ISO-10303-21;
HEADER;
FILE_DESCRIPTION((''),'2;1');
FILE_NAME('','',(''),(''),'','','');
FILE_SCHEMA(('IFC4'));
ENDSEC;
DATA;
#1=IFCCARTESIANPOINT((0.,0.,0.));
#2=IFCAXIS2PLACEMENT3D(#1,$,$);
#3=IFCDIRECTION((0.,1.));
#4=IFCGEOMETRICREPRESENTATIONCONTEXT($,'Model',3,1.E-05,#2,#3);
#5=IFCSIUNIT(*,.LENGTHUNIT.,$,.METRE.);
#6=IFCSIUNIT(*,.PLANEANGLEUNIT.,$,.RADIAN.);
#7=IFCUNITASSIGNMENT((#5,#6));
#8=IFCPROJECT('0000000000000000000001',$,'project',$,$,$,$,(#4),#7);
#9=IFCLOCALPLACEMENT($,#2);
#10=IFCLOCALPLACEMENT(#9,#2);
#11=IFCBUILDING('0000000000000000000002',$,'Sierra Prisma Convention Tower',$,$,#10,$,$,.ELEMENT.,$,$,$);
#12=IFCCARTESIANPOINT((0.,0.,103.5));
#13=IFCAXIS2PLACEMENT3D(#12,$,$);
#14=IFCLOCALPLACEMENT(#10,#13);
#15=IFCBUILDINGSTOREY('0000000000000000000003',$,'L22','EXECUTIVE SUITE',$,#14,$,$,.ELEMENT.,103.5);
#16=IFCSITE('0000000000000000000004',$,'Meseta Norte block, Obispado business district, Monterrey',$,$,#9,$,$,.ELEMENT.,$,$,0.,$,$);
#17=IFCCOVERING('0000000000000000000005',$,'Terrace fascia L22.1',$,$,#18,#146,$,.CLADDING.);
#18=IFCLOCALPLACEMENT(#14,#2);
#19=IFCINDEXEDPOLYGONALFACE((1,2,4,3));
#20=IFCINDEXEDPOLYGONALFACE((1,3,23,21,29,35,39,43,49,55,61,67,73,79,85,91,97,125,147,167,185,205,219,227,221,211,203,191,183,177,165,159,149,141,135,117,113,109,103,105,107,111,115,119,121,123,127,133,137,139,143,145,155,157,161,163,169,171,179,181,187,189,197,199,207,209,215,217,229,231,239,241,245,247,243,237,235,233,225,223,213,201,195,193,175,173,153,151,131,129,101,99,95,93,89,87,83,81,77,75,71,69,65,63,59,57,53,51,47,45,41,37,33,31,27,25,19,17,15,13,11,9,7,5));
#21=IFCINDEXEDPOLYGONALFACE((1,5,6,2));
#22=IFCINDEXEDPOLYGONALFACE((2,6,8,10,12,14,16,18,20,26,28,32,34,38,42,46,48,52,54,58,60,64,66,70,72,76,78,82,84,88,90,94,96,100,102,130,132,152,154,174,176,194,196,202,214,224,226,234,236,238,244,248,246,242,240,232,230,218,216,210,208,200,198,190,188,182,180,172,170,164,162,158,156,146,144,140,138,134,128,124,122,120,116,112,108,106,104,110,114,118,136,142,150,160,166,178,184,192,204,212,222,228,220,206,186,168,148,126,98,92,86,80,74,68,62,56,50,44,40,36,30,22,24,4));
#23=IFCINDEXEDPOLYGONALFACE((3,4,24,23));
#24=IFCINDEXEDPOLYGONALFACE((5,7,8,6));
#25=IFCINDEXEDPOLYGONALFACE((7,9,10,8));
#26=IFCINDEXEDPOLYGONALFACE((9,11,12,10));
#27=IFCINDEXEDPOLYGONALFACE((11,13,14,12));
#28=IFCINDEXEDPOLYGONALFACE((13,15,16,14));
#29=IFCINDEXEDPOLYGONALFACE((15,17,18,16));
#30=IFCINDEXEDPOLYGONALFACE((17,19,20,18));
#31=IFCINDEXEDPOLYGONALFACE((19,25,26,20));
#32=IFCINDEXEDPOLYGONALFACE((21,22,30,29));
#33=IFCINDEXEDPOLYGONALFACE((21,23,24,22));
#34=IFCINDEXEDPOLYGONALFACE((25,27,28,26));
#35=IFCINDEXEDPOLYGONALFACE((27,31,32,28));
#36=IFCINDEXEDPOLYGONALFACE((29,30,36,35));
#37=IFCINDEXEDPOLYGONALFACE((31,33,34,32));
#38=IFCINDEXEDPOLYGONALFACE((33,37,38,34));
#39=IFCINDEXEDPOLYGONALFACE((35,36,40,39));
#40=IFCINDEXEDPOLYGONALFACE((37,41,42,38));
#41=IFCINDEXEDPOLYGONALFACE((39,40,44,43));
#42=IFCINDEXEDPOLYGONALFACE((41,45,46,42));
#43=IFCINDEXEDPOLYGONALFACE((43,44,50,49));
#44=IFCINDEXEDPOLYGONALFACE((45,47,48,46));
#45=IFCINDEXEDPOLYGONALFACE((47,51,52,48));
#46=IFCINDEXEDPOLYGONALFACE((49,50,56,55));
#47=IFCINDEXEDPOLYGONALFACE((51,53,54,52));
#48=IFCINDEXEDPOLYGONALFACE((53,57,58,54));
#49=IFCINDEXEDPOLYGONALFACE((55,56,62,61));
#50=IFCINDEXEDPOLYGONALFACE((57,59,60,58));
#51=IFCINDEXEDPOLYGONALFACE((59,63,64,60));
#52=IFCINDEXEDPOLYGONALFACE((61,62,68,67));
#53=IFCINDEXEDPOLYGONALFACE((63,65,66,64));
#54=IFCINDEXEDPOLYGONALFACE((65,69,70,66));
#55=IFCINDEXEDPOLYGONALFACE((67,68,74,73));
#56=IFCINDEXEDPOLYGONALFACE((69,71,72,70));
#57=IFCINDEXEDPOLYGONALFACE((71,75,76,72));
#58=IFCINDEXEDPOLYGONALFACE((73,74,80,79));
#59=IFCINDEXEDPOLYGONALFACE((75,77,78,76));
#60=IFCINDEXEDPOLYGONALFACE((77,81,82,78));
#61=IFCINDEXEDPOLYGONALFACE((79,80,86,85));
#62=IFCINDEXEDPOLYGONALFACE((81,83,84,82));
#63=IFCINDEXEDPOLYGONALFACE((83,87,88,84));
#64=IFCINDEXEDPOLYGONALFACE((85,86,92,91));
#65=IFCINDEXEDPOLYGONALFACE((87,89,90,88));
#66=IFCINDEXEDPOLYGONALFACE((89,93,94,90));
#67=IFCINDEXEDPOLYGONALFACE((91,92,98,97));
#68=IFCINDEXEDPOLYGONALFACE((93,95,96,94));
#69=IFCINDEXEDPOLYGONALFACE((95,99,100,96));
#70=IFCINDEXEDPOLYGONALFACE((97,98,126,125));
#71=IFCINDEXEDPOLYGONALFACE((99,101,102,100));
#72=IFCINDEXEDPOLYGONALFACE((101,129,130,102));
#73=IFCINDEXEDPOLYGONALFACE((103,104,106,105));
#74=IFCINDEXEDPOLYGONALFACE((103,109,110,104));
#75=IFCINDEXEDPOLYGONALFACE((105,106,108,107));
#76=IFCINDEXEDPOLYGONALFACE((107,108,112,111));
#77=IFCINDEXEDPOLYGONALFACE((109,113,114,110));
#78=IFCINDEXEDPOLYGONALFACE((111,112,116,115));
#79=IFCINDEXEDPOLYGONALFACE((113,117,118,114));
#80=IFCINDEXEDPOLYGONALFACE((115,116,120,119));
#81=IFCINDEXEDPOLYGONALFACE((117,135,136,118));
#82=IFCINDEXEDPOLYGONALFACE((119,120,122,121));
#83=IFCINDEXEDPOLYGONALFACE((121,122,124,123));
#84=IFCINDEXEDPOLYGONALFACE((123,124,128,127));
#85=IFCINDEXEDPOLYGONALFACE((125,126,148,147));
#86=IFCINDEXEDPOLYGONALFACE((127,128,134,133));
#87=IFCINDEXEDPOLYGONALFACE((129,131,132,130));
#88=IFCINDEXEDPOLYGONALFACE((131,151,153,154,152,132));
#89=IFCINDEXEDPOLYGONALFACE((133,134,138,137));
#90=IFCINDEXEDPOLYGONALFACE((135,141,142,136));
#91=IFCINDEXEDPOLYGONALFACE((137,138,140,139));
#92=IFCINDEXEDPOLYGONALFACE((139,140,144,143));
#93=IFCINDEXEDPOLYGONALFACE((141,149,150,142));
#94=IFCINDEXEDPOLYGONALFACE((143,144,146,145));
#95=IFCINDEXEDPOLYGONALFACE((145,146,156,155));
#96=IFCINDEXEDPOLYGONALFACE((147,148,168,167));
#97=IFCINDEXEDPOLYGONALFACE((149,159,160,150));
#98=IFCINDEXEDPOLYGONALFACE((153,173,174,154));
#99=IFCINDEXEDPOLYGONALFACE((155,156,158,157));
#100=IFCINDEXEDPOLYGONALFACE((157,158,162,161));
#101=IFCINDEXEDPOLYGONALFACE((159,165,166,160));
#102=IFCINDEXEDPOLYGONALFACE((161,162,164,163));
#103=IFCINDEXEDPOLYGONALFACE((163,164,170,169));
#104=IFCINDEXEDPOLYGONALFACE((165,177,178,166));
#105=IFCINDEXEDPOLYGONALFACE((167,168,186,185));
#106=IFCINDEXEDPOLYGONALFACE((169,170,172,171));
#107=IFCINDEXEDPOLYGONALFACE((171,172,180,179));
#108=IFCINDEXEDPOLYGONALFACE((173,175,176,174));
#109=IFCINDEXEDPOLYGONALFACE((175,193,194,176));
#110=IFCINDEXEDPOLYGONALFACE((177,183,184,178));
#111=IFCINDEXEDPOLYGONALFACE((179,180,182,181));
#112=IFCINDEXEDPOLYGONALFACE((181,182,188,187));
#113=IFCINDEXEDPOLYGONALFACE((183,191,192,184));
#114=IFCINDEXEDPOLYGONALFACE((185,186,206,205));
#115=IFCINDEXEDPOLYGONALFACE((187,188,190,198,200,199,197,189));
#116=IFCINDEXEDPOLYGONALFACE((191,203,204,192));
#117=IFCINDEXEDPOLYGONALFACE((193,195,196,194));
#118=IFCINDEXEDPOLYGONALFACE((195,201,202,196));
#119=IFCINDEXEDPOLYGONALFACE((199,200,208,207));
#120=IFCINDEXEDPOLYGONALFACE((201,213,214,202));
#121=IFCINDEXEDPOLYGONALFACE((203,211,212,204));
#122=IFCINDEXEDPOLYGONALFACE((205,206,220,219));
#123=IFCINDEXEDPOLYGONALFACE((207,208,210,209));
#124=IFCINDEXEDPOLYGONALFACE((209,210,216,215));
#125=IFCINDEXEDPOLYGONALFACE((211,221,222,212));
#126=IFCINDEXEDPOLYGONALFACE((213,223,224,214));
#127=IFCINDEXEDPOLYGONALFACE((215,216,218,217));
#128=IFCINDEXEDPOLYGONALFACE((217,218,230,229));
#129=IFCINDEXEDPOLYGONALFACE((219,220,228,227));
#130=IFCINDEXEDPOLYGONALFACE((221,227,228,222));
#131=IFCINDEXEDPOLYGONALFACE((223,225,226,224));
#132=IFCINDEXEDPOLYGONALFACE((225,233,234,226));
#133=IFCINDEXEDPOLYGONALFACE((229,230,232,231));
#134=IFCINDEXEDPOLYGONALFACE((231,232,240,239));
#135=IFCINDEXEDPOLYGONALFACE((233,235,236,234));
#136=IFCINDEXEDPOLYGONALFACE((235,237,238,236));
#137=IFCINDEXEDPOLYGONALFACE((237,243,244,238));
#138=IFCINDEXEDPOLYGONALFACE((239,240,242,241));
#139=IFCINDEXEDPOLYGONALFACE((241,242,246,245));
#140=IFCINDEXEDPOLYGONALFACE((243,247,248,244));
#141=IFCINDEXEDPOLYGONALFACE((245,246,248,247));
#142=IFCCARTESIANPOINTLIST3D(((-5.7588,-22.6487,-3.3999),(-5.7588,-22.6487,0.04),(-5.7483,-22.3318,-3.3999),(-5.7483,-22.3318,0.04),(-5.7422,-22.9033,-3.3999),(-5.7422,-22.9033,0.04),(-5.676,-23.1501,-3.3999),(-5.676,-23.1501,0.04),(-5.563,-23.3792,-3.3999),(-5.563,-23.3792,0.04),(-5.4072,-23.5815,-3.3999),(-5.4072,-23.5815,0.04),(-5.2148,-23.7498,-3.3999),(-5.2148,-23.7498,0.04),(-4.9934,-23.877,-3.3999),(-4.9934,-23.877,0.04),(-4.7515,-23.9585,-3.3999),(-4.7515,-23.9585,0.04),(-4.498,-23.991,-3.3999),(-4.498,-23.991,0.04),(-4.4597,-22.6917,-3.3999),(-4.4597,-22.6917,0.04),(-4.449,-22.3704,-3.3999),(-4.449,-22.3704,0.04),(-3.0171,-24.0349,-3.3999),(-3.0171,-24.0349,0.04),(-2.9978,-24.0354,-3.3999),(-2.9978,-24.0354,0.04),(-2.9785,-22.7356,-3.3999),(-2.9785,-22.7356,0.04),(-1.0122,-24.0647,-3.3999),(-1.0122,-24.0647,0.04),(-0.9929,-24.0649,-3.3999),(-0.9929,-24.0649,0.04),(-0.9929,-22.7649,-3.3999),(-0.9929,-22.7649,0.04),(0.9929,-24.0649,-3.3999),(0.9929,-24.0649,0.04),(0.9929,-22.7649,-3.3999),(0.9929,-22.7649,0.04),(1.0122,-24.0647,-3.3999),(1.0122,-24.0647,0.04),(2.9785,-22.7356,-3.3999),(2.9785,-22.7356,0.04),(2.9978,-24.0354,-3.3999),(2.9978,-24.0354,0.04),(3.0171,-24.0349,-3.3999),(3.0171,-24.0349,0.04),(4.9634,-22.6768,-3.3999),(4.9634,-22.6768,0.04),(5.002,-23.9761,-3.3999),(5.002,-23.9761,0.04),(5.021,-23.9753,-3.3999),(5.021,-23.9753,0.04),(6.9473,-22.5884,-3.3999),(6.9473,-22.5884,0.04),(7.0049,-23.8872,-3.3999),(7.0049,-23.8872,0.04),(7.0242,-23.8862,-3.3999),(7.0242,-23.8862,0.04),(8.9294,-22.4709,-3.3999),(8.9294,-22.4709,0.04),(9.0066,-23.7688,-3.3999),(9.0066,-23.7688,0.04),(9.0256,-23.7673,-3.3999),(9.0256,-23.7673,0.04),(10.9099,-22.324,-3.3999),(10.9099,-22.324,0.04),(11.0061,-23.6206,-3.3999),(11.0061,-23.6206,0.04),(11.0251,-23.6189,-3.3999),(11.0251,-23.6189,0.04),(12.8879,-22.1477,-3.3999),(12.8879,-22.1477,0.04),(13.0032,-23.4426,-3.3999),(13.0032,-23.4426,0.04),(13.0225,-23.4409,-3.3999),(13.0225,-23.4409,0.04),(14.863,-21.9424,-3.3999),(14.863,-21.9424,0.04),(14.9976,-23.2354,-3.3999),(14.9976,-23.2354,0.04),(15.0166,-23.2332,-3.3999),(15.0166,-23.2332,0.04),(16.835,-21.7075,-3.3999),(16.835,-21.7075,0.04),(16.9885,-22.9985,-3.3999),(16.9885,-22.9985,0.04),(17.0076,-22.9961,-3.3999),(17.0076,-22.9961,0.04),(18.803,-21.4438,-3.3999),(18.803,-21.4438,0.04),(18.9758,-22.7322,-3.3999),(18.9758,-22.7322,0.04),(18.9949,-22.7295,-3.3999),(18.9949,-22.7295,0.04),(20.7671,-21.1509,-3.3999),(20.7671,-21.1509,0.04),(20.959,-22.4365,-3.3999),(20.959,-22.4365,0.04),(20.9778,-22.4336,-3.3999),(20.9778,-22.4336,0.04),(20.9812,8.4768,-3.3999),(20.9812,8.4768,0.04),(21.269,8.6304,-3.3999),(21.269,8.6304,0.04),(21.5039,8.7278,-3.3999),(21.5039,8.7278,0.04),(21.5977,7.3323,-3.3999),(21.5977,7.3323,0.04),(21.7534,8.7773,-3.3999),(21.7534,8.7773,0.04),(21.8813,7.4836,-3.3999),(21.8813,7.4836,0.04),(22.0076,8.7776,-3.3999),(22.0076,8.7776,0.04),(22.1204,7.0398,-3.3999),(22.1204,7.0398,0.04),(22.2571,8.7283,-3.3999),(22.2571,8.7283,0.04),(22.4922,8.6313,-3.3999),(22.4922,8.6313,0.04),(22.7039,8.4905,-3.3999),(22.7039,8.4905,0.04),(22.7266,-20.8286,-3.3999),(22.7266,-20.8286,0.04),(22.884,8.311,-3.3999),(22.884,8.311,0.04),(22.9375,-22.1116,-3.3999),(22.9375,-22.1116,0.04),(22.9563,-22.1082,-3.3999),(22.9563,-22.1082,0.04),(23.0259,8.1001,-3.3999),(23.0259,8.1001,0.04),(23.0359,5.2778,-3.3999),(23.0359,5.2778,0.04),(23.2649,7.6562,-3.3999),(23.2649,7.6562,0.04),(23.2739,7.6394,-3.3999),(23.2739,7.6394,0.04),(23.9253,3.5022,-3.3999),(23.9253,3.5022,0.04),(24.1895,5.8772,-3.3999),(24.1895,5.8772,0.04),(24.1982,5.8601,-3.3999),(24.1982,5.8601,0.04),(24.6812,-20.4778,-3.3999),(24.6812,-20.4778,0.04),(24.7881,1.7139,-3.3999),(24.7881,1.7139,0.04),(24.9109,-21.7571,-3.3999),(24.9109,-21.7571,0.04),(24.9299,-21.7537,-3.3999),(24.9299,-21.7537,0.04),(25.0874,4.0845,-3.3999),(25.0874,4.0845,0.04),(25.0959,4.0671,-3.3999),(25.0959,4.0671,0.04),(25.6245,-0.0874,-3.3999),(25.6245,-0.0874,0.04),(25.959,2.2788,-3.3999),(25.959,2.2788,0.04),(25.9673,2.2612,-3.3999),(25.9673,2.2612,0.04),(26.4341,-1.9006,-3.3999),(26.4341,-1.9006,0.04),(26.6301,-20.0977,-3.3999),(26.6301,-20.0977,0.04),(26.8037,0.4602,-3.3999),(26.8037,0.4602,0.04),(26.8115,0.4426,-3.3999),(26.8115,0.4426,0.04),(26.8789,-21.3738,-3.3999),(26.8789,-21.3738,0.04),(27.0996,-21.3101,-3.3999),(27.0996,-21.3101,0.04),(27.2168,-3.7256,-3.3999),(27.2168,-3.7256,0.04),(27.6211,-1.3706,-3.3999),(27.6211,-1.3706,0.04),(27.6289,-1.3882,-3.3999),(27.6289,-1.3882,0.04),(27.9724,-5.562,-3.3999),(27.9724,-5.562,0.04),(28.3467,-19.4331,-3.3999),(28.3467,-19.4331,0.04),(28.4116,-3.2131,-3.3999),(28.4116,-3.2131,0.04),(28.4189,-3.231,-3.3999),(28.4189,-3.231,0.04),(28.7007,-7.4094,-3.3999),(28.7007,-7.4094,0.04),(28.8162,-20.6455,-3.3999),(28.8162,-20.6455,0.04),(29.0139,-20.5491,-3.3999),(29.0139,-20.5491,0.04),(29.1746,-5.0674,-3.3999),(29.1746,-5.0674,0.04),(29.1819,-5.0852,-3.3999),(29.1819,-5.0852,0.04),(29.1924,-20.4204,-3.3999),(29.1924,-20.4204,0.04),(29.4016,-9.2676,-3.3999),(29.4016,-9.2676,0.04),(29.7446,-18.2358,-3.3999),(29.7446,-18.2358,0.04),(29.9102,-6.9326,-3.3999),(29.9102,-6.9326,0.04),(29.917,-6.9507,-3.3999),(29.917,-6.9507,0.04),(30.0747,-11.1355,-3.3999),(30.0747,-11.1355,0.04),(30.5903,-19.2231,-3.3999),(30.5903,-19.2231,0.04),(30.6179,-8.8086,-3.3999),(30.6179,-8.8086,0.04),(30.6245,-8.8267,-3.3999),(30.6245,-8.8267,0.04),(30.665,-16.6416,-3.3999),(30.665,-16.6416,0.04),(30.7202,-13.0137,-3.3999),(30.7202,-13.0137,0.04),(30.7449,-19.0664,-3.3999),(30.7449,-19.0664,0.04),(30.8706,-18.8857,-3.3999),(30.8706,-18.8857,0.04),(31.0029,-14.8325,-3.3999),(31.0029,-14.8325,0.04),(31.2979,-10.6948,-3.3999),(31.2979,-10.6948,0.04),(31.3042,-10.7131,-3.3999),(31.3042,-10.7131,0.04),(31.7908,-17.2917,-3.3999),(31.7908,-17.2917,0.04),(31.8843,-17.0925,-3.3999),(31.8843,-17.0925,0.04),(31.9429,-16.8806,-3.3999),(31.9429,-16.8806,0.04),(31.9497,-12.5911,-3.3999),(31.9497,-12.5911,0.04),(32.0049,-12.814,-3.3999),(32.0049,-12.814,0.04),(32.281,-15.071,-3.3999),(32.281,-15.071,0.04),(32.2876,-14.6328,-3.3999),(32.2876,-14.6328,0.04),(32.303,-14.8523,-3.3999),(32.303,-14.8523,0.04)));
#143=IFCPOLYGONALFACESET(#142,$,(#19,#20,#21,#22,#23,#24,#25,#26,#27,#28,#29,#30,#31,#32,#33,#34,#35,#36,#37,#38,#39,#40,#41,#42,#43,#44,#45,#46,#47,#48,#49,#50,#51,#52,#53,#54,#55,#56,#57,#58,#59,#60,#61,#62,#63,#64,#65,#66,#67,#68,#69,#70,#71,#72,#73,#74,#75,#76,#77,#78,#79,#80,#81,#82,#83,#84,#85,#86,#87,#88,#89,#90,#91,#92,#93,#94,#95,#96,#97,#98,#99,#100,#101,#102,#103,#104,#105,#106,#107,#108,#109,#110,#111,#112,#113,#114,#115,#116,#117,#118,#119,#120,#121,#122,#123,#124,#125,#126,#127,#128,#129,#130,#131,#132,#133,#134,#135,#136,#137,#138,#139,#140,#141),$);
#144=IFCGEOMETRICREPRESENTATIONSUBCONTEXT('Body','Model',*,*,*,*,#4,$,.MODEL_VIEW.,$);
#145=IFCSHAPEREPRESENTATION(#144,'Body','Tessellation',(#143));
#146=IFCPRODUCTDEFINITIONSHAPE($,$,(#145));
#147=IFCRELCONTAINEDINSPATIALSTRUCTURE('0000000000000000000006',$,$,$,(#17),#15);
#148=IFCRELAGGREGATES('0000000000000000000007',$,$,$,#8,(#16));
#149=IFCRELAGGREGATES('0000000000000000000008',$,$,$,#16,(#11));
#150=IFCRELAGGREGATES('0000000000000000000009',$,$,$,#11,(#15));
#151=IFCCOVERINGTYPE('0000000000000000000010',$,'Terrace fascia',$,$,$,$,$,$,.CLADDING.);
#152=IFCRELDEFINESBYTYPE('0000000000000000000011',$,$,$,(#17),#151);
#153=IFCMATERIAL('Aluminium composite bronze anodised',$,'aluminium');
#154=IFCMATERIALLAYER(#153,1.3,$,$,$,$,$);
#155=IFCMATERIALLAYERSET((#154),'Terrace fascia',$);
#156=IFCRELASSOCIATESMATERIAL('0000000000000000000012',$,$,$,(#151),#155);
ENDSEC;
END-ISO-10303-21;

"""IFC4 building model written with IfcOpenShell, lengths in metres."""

from ifc_helpers import new_model, si_unit, direction, frame, origin, place, context, subcontext, project, spatial, polyline, outline, extrude, material, layer, layer_set, type_object, element, save


model = new_model("IFC4")

# Units and contexts
model_context = context("Model", 3, precision=1e-05, world=origin(), true_north=direction((0.0, 1.0)))
body_context = subcontext(model_context, "Body", "Model", "MODEL_VIEW")
ifc_project = project(units=[si_unit("LENGTHUNIT", "METRE"), si_unit("PLANEANGLEUNIT", "RADIAN")], contexts=[model_context])

# Site, building, storey
site_placement = place(None, origin())
site = spatial("IfcSite", under=ifc_project, at=site_placement, Name="Meseta Norte block, Obispado business district, Monterrey", CompositionType="ELEMENT", RefElevation=0.0)
building_placement = place(site_placement, origin())
building = spatial("IfcBuilding", under=site, at=building_placement, Name="Sierra Prisma Convention Tower", CompositionType="ELEMENT")
storey_placement = place(building_placement, frame((0.0, 0.0, 103.5)))
storey = spatial("IfcBuildingStorey", under=building, at=storey_placement, Name="L22", Description="EXECUTIVE SUITE", CompositionType="ELEMENT", Elevation=103.5)

# Covering
ifc_material_1 = material(Name="Aluminium composite bronze anodised", Category="aluminium")
ifc_layer_1 = layer(ifc_material_1, 1.3)
ifc_layer_set_1 = layer_set([ifc_layer_1], Name="Terrace fascia")
covering_type_1 = type_object("IfcCoveringType", Name="Terrace fascia", PredefinedType="CLADDING", material=ifc_layer_set_1)
covering_1_placement = place(storey_placement, frame((0.0, 0.0, -3.3999)))
element("IfcCovering", 1, at=covering_1_placement, inside=storey, type_object=covering_type_1, Name="Terrace fascia L22.1", PredefinedType="CLADDING", context=body_context, shape_type="SweptSolid", body=[
    extrude(outline(polyline([(21.269, 8.6304), (21.5039, 8.7278), (21.7534, 8.7773), (22.0076, 8.7776), (22.2571, 8.7283), (22.4922, 8.6313), (22.7039, 8.4905), (22.884, 8.311), (23.0259, 8.1001), (23.2649, 7.6562), (23.2739, 7.6394), (24.1895, 5.8772), (24.1982, 5.8601), (25.0874, 4.0845), (25.0959, 4.0671), (25.959, 2.2788), (25.9673, 2.2612), (26.8037, 0.4602), (26.8115, 0.4426), (27.6211, -1.3706), (27.6289, -1.3882), (28.4116, -3.2131), (28.4189, -3.231), (29.1746, -5.0674), (29.1819, -5.0852), (29.9102, -6.9326), (29.917, -6.9507), (30.6179, -8.8086), (30.6245, -8.8267), (31.2979, -10.6948), (31.3042, -10.7131), (31.9497, -12.5911), (32.0049, -12.814), (32.2876, -14.6328), (32.303, -14.8523), (32.281, -15.071), (31.9429, -16.8806), (31.8843, -17.0925), (31.7908, -17.2917), (30.8706, -18.8857), (30.7449, -19.0664), (30.5903, -19.2231), (29.1924, -20.4204), (29.0139, -20.5491), (28.8162, -20.6455), (27.0996, -21.3101), (26.8789, -21.3738), (24.9299, -21.7537), (24.9109, -21.7571), (22.9563, -22.1082), (22.9375, -22.1116), (20.9778, -22.4336), (20.959, -22.4365), (18.9949, -22.7295), (18.9758, -22.7322), (17.0076, -22.9961), (16.9885, -22.9985), (15.0166, -23.2332), (14.9976, -23.2354), (13.0225, -23.4409), (13.0032, -23.4426), (11.0251, -23.6189), (11.0061, -23.6206), (9.0256, -23.7673), (9.0066, -23.7688), (7.0242, -23.8862), (7.0049, -23.8872), (5.021, -23.9753), (5.002, -23.9761), (3.0171, -24.0349), (2.9978, -24.0354), (1.0122, -24.0647), (0.9929, -24.0649), (-0.9929, -24.0649), (-1.0122, -24.0647), (-2.9978, -24.0354), (-3.0171, -24.0349), (-4.498, -23.991), (-4.7515, -23.9585), (-4.9934, -23.877), (-5.2148, -23.7498), (-5.4072, -23.5815), (-5.563, -23.3792), (-5.676, -23.1501), (-5.7422, -22.9033), (-5.7588, -22.6487), (-5.7483, -22.3318), (-4.449, -22.3704), (-4.4597, -22.6917), (-2.9785, -22.7356), (-0.9929, -22.7649), (0.9929, -22.7649), (2.9785, -22.7356), (4.9634, -22.6768), (6.9473, -22.5884), (8.9294, -22.4709), (10.9099, -22.324), (12.8879, -22.1477), (14.863, -21.9424), (16.835, -21.7075), (18.803, -21.4438), (20.7671, -21.1509), (22.7266, -20.8286), (24.6812, -20.4778), (26.6301, -20.0977), (28.3467, -19.4331), (29.7446, -18.2358), (30.665, -16.6416), (31.0029, -14.8325), (30.7202, -13.0137), (30.0747, -11.1355), (29.4016, -9.2676), (28.7007, -7.4094), (27.9724, -5.562), (27.2168, -3.7256), (26.4341, -1.9006), (25.6245, -0.0874), (24.7881, 1.7139), (23.9253, 3.5022), (23.0359, 5.2778), (22.1204, 7.0398), (21.8813, 7.4836), (21.5977, 7.3323), (20.9812, 8.4768), (21.269, 8.6304)])), origin(), (0.0, 0.0, 1.0), 3.4399),
])

save(model, "model.ifc")
